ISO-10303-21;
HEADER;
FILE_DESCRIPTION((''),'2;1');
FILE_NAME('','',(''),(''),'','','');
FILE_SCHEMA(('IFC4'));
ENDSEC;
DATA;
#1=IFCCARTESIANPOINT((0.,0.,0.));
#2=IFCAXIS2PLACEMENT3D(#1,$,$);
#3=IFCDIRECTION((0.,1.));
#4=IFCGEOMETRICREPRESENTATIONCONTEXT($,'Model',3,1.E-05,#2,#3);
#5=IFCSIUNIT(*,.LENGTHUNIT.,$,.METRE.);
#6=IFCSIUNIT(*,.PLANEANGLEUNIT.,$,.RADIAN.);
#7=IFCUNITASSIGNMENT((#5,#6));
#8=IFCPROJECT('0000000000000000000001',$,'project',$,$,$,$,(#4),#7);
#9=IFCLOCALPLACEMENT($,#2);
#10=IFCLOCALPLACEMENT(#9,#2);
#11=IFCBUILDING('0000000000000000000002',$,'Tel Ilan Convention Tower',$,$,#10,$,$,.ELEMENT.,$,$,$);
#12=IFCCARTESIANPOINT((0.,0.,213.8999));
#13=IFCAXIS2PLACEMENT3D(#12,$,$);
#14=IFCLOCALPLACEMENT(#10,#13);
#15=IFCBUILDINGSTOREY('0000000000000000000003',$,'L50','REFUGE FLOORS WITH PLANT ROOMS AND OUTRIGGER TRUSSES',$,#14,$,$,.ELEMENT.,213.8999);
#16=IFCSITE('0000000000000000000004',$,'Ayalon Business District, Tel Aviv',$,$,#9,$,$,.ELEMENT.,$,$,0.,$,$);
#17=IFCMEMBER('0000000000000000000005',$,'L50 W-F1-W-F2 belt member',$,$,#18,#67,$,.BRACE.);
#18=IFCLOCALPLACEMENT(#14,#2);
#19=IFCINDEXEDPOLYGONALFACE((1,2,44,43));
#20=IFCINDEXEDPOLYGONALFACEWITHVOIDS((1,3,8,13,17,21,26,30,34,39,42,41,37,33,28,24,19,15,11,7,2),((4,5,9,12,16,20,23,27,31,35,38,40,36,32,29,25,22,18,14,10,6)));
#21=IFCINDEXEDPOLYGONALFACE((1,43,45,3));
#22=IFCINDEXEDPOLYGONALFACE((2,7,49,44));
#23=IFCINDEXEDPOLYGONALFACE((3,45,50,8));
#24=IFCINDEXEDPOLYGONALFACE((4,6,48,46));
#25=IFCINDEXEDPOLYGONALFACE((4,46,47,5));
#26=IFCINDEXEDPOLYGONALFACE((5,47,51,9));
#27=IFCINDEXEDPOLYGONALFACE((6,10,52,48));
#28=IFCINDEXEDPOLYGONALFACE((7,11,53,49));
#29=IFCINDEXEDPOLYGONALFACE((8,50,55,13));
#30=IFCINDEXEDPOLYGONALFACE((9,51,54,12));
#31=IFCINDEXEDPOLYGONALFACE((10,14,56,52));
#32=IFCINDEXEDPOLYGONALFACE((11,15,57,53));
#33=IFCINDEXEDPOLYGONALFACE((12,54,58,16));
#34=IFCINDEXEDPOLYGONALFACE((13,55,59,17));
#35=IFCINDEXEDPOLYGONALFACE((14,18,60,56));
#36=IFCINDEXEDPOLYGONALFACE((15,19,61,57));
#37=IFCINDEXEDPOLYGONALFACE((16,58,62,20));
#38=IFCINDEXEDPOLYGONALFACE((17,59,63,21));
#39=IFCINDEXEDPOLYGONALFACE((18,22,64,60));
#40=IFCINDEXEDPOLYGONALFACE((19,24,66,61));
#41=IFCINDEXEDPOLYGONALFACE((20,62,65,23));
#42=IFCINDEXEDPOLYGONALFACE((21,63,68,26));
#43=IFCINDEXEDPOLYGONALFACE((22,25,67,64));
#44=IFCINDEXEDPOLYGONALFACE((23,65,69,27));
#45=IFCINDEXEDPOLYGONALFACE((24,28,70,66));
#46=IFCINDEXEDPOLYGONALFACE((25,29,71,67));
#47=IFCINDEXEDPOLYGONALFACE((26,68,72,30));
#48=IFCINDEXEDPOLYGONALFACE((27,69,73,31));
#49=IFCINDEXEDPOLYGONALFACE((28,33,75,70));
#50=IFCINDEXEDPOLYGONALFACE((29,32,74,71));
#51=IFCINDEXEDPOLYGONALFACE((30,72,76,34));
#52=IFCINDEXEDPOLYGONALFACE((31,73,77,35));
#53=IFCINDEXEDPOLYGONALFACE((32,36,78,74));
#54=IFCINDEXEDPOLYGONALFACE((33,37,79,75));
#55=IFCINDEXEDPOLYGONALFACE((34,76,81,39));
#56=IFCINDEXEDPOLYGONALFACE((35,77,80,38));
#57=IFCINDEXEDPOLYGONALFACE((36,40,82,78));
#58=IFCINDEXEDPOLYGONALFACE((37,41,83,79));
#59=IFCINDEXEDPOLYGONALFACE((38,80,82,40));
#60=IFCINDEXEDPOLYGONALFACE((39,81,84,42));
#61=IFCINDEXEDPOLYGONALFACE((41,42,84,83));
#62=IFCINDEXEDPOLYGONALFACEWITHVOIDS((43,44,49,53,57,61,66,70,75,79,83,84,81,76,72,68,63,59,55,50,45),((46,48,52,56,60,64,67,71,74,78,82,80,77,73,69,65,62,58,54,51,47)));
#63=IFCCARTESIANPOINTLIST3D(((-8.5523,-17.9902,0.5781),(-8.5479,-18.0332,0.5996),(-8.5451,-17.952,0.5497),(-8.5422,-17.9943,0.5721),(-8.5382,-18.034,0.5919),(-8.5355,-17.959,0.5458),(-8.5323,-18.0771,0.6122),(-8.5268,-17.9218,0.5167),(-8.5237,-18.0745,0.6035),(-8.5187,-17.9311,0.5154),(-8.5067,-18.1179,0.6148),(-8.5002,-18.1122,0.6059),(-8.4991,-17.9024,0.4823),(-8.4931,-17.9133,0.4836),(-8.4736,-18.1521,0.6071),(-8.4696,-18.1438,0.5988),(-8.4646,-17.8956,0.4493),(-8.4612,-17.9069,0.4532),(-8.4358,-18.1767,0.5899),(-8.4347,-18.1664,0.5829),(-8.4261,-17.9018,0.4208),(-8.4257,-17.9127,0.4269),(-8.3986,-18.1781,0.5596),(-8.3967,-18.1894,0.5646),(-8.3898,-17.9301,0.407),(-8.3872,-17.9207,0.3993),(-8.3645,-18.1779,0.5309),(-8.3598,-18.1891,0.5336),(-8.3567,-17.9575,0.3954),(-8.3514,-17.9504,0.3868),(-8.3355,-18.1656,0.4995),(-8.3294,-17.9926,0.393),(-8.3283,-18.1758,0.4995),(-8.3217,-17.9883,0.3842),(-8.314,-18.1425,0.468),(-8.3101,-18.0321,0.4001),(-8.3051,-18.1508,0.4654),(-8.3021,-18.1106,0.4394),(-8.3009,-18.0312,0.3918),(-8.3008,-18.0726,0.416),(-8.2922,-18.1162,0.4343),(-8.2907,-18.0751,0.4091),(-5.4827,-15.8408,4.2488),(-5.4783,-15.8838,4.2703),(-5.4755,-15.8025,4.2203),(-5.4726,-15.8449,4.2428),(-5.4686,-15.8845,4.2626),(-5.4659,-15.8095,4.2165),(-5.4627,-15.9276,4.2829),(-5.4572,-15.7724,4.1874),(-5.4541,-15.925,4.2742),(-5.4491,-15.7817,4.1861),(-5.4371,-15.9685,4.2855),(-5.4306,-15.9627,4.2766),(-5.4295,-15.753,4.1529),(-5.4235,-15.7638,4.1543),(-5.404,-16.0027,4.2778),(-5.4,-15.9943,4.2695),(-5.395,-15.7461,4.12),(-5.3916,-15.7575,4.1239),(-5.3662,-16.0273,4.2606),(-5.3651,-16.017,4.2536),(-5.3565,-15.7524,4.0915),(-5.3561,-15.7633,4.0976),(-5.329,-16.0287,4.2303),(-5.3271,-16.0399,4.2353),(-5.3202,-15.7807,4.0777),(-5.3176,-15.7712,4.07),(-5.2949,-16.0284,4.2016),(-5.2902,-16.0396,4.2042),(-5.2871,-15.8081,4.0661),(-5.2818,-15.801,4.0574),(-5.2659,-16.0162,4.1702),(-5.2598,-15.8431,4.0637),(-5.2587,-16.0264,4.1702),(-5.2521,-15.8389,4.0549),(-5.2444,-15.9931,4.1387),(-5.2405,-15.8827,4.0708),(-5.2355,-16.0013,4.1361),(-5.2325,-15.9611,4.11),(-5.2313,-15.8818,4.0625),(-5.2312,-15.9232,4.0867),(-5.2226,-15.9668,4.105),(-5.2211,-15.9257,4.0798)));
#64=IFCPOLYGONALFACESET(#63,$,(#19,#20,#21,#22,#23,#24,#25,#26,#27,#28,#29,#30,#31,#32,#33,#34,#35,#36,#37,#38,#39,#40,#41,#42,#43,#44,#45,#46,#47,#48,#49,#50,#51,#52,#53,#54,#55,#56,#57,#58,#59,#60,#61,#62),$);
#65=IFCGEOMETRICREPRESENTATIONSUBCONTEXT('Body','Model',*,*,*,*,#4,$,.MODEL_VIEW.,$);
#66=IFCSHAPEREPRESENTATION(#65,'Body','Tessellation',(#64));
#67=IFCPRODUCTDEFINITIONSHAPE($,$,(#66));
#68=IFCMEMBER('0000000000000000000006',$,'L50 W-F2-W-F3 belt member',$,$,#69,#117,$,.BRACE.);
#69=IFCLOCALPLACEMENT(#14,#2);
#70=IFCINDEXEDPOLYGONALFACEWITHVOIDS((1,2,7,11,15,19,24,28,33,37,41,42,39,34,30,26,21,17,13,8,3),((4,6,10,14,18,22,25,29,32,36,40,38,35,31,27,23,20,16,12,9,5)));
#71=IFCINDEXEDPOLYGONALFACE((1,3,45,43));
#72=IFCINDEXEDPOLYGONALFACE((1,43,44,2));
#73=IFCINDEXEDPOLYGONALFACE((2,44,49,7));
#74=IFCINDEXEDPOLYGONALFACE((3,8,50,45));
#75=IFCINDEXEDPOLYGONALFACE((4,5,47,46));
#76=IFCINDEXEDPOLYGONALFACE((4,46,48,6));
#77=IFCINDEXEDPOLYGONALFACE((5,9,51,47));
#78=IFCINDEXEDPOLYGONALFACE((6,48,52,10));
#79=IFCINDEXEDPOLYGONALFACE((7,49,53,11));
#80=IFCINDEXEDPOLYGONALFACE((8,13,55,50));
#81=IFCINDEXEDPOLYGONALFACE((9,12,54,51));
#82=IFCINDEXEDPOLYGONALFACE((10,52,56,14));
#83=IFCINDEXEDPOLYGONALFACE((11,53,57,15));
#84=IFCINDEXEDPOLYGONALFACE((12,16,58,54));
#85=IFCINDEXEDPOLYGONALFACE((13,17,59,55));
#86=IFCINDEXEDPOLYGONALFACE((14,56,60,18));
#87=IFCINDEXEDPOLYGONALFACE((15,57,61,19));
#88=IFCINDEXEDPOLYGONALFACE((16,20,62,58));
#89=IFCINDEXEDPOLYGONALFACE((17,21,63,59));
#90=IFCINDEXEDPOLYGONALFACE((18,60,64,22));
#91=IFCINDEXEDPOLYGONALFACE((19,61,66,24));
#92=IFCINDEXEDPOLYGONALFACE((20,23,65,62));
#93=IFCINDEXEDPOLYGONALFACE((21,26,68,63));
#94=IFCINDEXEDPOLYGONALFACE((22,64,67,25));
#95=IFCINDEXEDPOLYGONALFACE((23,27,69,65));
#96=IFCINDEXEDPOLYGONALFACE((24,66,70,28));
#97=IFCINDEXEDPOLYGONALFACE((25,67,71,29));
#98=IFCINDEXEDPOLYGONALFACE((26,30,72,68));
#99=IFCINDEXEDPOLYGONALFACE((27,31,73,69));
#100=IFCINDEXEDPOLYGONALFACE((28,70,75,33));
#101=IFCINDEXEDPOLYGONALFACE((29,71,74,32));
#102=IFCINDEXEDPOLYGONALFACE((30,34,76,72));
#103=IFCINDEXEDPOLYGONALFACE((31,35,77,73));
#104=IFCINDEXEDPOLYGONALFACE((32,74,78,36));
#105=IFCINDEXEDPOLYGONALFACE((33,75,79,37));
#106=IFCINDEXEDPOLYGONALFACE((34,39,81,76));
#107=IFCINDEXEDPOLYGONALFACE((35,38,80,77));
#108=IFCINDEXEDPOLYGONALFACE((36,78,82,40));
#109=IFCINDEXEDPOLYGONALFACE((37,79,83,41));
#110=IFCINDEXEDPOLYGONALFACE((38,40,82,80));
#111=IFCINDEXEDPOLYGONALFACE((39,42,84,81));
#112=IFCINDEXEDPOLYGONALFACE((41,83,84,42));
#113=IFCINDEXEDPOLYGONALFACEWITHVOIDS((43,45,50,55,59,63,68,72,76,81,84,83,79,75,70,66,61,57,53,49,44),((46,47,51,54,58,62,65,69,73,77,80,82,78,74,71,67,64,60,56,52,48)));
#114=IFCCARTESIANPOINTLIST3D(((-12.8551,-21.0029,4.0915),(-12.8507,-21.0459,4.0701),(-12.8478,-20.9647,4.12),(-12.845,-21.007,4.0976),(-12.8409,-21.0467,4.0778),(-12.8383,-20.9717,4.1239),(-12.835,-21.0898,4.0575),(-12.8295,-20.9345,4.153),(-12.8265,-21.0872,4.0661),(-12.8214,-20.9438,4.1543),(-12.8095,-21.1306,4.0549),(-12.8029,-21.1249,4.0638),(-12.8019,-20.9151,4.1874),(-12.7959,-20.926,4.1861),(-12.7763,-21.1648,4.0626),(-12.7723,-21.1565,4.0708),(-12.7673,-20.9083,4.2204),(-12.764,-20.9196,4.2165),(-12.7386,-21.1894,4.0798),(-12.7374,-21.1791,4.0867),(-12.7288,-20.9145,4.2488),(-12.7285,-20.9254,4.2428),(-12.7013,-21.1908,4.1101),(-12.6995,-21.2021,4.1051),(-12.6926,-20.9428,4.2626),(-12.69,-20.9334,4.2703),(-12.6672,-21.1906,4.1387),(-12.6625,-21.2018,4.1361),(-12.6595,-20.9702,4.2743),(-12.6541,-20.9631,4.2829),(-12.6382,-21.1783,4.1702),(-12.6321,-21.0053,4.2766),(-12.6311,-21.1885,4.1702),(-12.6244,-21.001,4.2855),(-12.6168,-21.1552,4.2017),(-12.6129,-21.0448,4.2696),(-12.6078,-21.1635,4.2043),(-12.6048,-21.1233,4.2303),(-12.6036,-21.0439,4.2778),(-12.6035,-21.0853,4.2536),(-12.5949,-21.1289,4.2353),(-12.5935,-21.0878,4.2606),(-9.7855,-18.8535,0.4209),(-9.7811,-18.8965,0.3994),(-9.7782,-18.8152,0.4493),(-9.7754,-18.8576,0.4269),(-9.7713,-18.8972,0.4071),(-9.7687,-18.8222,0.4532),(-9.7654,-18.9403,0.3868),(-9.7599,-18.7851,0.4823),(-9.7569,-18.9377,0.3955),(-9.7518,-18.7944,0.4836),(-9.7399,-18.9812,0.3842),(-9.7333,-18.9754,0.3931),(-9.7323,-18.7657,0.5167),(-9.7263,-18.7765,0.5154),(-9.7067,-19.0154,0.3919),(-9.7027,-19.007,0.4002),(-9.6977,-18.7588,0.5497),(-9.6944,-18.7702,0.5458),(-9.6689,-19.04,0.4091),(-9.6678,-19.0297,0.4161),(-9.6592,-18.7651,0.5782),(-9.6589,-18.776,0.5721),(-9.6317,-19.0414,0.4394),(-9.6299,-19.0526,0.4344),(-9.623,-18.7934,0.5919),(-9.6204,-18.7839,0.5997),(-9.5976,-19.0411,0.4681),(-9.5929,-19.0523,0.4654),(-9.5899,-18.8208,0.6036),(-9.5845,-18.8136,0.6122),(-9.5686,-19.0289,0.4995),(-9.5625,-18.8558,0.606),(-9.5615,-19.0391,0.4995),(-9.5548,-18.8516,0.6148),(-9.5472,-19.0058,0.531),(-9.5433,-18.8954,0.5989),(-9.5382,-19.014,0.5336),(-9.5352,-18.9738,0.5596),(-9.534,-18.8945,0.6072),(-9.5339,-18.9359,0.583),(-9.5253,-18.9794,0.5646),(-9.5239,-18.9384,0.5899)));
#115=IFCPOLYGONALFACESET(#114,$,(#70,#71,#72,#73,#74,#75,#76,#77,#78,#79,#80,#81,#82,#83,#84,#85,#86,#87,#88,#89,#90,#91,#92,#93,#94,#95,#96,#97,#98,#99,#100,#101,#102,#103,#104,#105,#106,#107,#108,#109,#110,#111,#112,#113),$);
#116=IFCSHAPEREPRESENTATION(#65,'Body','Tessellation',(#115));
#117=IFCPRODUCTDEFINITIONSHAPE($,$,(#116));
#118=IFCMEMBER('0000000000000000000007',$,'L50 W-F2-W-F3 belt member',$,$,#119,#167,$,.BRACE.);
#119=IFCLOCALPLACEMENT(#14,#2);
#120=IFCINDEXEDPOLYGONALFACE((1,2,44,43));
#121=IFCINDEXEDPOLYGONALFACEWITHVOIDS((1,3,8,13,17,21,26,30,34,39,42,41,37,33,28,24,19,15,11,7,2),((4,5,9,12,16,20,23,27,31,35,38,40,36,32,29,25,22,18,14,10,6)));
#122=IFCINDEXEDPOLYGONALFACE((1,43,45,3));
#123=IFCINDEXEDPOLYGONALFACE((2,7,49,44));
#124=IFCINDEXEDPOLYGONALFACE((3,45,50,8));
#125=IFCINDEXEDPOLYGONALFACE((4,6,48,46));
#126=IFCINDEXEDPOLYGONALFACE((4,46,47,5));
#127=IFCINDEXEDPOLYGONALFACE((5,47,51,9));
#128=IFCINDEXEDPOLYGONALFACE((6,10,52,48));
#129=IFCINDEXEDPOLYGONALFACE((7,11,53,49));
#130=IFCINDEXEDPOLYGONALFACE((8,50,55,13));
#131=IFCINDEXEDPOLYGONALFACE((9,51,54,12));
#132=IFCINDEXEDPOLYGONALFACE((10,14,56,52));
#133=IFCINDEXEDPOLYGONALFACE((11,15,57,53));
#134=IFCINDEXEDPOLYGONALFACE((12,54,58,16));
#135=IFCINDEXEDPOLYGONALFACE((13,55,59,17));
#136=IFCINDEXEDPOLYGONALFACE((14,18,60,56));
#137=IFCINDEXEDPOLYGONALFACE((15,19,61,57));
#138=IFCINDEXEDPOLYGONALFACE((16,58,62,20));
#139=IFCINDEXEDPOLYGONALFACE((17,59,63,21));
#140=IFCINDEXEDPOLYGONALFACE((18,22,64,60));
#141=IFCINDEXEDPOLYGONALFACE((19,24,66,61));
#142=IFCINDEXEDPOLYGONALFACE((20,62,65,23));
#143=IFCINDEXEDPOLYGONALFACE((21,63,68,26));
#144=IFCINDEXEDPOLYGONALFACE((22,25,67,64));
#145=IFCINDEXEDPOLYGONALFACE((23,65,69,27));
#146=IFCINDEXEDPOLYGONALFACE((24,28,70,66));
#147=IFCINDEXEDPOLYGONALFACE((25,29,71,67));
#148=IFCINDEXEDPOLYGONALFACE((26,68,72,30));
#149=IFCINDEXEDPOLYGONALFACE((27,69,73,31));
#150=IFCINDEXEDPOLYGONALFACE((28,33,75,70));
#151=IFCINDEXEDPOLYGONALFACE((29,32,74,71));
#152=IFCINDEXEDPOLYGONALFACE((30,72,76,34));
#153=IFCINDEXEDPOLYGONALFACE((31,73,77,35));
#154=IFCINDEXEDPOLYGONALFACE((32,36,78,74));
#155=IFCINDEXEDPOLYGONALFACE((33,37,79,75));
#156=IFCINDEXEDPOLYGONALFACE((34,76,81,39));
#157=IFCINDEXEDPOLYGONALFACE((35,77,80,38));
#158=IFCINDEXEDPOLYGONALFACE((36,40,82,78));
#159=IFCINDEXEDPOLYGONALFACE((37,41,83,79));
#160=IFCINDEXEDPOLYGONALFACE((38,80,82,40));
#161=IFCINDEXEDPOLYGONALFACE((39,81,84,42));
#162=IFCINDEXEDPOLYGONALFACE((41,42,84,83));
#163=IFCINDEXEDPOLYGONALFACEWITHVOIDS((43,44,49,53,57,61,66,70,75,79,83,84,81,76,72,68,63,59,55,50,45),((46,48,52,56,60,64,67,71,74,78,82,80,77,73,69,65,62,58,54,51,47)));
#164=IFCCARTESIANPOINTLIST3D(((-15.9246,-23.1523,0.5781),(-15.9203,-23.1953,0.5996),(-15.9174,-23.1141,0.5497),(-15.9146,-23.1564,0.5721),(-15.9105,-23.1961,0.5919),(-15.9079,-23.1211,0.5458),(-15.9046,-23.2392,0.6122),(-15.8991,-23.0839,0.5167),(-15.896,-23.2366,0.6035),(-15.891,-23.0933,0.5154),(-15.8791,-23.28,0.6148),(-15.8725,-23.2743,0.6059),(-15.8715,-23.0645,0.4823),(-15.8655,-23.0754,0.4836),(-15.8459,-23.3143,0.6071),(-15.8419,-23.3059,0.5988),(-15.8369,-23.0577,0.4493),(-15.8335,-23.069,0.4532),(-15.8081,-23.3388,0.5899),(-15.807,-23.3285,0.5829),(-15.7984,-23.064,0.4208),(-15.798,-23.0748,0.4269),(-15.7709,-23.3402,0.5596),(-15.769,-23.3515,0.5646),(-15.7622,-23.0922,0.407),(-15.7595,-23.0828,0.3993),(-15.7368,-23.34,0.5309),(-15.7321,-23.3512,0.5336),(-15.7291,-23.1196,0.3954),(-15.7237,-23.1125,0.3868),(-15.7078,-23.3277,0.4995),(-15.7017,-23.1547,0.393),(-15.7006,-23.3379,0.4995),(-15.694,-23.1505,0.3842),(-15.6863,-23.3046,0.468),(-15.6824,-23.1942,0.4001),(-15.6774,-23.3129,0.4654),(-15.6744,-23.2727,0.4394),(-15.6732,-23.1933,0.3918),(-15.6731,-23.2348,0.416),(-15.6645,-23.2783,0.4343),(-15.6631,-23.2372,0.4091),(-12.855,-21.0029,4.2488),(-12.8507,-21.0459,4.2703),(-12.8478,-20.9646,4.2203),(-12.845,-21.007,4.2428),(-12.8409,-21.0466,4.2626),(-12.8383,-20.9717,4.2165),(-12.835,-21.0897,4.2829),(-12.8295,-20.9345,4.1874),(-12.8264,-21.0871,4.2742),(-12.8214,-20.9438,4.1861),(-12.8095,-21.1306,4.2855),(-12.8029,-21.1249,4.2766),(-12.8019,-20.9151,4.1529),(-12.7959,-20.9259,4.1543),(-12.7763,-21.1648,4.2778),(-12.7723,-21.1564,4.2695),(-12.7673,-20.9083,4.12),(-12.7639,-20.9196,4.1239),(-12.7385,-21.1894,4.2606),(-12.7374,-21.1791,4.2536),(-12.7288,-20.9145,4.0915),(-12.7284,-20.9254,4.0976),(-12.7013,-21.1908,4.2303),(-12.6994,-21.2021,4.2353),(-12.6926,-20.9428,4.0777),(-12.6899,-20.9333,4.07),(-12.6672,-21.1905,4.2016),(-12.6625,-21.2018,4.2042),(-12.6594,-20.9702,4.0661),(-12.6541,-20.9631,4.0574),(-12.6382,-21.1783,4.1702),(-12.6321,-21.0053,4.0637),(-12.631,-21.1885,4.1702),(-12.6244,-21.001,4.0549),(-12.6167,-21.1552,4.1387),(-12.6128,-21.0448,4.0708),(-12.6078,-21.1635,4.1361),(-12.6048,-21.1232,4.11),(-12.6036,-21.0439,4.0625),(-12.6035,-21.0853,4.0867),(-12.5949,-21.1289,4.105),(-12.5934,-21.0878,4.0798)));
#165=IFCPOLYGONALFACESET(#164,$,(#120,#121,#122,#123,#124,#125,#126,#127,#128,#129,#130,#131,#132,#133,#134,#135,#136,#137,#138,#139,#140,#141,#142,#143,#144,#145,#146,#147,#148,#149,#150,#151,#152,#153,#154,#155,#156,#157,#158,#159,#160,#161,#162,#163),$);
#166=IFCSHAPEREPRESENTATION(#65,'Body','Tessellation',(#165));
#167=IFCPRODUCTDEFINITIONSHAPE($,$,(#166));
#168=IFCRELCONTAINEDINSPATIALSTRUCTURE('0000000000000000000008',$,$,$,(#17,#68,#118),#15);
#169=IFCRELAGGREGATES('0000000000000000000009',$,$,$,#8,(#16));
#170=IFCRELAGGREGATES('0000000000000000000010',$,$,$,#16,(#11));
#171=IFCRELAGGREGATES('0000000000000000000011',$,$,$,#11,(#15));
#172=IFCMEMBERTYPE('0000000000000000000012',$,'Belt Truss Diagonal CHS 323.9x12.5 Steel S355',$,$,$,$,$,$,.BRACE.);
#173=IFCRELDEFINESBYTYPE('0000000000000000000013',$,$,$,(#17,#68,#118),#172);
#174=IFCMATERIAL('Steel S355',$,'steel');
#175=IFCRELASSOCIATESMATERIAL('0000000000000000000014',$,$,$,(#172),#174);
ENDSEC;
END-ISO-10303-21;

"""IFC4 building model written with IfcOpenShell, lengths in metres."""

from ifc_helpers import new_model, si_unit, direction, frame, origin, origin_2d, place, context, subcontext, project, spatial, hollow_circle, extrude, material, material_profile, profile_set, type_object, element, save


model = new_model("IFC4")

# Units and contexts
model_context = context("Model", 3, precision=1e-05, world=origin(), true_north=direction((0.0, 1.0)))
body_context = subcontext(model_context, "Body", "Model", "MODEL_VIEW")
ifc_project = project(units=[si_unit("LENGTHUNIT", "METRE"), si_unit("PLANEANGLEUNIT", "RADIAN")], contexts=[model_context])

# Site, building, storey
site_placement = place(None, origin())
site = spatial("IfcSite", under=ifc_project, at=site_placement, Name="Ayalon Business District, Tel Aviv", CompositionType="ELEMENT", RefElevation=0.0)
building_placement = place(site_placement, origin())
building = spatial("IfcBuilding", under=site, at=building_placement, Name="Tel Ilan Convention Tower", CompositionType="ELEMENT")
storey_placement = place(building_placement, frame((0.0, 0.0, 213.8999)))
storey = spatial("IfcBuildingStorey", under=building, at=storey_placement, Name="L50", Description="REFUGE FLOORS WITH PLANT ROOMS AND OUTRIGGER TRUSSES", CompositionType="ELEMENT", Elevation=213.8999)

# Members
ifc_material_1 = material(Name="Steel S355", Category="steel")
ifc_material_profile_1 = material_profile(ifc_material_1, hollow_circle(Radius=0.1619, WallThickness=0.0125, at=origin_2d()), Name="CHS 323.9x12.5")
ifc_profile_set_1 = profile_set([ifc_material_profile_1], Name="Steel S355")
member_type_1 = type_object("IfcMemberType", Name="Belt Truss Diagonal CHS 323.9x12.5 Steel S355", PredefinedType="BRACE", material=ifc_profile_set_1)
for number, where, z_axis, x_axis, name in (
    (1, (-5.3516, -15.8938, 4.1702), (-0.585176, -0.409758, -0.699763), (0.573589, -0.819143, 0.0), "L50 W-F1-W-F2 belt member"),
    (2, (-9.6543, -18.9065, 0.4995), (-0.585176, -0.409758, 0.699763), (0.573589, -0.819143, 0.0), "L50 W-F2-W-F3 belt member"),
    (3, (-12.7239, -21.0559, 4.1702), (-0.585176, -0.409758, -0.699763), (0.573589, -0.819143, 0.0), "L50 W-F2-W-F3 belt member"),
):
    element("IfcMember", number, at=place(storey_placement, frame(where, z_axis=z_axis, x_axis=x_axis)), inside=storey, type_object=member_type_1, Name=name, PredefinedType="BRACE", context=body_context, shape_type="SweptSolid", body=[
        extrude(hollow_circle(Radius=0.1619, WallThickness=0.0125, at=origin_2d()), origin(), (0.0, 0.0, 1.0), 5.2456),
    ])

save(model, "model.ifc")
